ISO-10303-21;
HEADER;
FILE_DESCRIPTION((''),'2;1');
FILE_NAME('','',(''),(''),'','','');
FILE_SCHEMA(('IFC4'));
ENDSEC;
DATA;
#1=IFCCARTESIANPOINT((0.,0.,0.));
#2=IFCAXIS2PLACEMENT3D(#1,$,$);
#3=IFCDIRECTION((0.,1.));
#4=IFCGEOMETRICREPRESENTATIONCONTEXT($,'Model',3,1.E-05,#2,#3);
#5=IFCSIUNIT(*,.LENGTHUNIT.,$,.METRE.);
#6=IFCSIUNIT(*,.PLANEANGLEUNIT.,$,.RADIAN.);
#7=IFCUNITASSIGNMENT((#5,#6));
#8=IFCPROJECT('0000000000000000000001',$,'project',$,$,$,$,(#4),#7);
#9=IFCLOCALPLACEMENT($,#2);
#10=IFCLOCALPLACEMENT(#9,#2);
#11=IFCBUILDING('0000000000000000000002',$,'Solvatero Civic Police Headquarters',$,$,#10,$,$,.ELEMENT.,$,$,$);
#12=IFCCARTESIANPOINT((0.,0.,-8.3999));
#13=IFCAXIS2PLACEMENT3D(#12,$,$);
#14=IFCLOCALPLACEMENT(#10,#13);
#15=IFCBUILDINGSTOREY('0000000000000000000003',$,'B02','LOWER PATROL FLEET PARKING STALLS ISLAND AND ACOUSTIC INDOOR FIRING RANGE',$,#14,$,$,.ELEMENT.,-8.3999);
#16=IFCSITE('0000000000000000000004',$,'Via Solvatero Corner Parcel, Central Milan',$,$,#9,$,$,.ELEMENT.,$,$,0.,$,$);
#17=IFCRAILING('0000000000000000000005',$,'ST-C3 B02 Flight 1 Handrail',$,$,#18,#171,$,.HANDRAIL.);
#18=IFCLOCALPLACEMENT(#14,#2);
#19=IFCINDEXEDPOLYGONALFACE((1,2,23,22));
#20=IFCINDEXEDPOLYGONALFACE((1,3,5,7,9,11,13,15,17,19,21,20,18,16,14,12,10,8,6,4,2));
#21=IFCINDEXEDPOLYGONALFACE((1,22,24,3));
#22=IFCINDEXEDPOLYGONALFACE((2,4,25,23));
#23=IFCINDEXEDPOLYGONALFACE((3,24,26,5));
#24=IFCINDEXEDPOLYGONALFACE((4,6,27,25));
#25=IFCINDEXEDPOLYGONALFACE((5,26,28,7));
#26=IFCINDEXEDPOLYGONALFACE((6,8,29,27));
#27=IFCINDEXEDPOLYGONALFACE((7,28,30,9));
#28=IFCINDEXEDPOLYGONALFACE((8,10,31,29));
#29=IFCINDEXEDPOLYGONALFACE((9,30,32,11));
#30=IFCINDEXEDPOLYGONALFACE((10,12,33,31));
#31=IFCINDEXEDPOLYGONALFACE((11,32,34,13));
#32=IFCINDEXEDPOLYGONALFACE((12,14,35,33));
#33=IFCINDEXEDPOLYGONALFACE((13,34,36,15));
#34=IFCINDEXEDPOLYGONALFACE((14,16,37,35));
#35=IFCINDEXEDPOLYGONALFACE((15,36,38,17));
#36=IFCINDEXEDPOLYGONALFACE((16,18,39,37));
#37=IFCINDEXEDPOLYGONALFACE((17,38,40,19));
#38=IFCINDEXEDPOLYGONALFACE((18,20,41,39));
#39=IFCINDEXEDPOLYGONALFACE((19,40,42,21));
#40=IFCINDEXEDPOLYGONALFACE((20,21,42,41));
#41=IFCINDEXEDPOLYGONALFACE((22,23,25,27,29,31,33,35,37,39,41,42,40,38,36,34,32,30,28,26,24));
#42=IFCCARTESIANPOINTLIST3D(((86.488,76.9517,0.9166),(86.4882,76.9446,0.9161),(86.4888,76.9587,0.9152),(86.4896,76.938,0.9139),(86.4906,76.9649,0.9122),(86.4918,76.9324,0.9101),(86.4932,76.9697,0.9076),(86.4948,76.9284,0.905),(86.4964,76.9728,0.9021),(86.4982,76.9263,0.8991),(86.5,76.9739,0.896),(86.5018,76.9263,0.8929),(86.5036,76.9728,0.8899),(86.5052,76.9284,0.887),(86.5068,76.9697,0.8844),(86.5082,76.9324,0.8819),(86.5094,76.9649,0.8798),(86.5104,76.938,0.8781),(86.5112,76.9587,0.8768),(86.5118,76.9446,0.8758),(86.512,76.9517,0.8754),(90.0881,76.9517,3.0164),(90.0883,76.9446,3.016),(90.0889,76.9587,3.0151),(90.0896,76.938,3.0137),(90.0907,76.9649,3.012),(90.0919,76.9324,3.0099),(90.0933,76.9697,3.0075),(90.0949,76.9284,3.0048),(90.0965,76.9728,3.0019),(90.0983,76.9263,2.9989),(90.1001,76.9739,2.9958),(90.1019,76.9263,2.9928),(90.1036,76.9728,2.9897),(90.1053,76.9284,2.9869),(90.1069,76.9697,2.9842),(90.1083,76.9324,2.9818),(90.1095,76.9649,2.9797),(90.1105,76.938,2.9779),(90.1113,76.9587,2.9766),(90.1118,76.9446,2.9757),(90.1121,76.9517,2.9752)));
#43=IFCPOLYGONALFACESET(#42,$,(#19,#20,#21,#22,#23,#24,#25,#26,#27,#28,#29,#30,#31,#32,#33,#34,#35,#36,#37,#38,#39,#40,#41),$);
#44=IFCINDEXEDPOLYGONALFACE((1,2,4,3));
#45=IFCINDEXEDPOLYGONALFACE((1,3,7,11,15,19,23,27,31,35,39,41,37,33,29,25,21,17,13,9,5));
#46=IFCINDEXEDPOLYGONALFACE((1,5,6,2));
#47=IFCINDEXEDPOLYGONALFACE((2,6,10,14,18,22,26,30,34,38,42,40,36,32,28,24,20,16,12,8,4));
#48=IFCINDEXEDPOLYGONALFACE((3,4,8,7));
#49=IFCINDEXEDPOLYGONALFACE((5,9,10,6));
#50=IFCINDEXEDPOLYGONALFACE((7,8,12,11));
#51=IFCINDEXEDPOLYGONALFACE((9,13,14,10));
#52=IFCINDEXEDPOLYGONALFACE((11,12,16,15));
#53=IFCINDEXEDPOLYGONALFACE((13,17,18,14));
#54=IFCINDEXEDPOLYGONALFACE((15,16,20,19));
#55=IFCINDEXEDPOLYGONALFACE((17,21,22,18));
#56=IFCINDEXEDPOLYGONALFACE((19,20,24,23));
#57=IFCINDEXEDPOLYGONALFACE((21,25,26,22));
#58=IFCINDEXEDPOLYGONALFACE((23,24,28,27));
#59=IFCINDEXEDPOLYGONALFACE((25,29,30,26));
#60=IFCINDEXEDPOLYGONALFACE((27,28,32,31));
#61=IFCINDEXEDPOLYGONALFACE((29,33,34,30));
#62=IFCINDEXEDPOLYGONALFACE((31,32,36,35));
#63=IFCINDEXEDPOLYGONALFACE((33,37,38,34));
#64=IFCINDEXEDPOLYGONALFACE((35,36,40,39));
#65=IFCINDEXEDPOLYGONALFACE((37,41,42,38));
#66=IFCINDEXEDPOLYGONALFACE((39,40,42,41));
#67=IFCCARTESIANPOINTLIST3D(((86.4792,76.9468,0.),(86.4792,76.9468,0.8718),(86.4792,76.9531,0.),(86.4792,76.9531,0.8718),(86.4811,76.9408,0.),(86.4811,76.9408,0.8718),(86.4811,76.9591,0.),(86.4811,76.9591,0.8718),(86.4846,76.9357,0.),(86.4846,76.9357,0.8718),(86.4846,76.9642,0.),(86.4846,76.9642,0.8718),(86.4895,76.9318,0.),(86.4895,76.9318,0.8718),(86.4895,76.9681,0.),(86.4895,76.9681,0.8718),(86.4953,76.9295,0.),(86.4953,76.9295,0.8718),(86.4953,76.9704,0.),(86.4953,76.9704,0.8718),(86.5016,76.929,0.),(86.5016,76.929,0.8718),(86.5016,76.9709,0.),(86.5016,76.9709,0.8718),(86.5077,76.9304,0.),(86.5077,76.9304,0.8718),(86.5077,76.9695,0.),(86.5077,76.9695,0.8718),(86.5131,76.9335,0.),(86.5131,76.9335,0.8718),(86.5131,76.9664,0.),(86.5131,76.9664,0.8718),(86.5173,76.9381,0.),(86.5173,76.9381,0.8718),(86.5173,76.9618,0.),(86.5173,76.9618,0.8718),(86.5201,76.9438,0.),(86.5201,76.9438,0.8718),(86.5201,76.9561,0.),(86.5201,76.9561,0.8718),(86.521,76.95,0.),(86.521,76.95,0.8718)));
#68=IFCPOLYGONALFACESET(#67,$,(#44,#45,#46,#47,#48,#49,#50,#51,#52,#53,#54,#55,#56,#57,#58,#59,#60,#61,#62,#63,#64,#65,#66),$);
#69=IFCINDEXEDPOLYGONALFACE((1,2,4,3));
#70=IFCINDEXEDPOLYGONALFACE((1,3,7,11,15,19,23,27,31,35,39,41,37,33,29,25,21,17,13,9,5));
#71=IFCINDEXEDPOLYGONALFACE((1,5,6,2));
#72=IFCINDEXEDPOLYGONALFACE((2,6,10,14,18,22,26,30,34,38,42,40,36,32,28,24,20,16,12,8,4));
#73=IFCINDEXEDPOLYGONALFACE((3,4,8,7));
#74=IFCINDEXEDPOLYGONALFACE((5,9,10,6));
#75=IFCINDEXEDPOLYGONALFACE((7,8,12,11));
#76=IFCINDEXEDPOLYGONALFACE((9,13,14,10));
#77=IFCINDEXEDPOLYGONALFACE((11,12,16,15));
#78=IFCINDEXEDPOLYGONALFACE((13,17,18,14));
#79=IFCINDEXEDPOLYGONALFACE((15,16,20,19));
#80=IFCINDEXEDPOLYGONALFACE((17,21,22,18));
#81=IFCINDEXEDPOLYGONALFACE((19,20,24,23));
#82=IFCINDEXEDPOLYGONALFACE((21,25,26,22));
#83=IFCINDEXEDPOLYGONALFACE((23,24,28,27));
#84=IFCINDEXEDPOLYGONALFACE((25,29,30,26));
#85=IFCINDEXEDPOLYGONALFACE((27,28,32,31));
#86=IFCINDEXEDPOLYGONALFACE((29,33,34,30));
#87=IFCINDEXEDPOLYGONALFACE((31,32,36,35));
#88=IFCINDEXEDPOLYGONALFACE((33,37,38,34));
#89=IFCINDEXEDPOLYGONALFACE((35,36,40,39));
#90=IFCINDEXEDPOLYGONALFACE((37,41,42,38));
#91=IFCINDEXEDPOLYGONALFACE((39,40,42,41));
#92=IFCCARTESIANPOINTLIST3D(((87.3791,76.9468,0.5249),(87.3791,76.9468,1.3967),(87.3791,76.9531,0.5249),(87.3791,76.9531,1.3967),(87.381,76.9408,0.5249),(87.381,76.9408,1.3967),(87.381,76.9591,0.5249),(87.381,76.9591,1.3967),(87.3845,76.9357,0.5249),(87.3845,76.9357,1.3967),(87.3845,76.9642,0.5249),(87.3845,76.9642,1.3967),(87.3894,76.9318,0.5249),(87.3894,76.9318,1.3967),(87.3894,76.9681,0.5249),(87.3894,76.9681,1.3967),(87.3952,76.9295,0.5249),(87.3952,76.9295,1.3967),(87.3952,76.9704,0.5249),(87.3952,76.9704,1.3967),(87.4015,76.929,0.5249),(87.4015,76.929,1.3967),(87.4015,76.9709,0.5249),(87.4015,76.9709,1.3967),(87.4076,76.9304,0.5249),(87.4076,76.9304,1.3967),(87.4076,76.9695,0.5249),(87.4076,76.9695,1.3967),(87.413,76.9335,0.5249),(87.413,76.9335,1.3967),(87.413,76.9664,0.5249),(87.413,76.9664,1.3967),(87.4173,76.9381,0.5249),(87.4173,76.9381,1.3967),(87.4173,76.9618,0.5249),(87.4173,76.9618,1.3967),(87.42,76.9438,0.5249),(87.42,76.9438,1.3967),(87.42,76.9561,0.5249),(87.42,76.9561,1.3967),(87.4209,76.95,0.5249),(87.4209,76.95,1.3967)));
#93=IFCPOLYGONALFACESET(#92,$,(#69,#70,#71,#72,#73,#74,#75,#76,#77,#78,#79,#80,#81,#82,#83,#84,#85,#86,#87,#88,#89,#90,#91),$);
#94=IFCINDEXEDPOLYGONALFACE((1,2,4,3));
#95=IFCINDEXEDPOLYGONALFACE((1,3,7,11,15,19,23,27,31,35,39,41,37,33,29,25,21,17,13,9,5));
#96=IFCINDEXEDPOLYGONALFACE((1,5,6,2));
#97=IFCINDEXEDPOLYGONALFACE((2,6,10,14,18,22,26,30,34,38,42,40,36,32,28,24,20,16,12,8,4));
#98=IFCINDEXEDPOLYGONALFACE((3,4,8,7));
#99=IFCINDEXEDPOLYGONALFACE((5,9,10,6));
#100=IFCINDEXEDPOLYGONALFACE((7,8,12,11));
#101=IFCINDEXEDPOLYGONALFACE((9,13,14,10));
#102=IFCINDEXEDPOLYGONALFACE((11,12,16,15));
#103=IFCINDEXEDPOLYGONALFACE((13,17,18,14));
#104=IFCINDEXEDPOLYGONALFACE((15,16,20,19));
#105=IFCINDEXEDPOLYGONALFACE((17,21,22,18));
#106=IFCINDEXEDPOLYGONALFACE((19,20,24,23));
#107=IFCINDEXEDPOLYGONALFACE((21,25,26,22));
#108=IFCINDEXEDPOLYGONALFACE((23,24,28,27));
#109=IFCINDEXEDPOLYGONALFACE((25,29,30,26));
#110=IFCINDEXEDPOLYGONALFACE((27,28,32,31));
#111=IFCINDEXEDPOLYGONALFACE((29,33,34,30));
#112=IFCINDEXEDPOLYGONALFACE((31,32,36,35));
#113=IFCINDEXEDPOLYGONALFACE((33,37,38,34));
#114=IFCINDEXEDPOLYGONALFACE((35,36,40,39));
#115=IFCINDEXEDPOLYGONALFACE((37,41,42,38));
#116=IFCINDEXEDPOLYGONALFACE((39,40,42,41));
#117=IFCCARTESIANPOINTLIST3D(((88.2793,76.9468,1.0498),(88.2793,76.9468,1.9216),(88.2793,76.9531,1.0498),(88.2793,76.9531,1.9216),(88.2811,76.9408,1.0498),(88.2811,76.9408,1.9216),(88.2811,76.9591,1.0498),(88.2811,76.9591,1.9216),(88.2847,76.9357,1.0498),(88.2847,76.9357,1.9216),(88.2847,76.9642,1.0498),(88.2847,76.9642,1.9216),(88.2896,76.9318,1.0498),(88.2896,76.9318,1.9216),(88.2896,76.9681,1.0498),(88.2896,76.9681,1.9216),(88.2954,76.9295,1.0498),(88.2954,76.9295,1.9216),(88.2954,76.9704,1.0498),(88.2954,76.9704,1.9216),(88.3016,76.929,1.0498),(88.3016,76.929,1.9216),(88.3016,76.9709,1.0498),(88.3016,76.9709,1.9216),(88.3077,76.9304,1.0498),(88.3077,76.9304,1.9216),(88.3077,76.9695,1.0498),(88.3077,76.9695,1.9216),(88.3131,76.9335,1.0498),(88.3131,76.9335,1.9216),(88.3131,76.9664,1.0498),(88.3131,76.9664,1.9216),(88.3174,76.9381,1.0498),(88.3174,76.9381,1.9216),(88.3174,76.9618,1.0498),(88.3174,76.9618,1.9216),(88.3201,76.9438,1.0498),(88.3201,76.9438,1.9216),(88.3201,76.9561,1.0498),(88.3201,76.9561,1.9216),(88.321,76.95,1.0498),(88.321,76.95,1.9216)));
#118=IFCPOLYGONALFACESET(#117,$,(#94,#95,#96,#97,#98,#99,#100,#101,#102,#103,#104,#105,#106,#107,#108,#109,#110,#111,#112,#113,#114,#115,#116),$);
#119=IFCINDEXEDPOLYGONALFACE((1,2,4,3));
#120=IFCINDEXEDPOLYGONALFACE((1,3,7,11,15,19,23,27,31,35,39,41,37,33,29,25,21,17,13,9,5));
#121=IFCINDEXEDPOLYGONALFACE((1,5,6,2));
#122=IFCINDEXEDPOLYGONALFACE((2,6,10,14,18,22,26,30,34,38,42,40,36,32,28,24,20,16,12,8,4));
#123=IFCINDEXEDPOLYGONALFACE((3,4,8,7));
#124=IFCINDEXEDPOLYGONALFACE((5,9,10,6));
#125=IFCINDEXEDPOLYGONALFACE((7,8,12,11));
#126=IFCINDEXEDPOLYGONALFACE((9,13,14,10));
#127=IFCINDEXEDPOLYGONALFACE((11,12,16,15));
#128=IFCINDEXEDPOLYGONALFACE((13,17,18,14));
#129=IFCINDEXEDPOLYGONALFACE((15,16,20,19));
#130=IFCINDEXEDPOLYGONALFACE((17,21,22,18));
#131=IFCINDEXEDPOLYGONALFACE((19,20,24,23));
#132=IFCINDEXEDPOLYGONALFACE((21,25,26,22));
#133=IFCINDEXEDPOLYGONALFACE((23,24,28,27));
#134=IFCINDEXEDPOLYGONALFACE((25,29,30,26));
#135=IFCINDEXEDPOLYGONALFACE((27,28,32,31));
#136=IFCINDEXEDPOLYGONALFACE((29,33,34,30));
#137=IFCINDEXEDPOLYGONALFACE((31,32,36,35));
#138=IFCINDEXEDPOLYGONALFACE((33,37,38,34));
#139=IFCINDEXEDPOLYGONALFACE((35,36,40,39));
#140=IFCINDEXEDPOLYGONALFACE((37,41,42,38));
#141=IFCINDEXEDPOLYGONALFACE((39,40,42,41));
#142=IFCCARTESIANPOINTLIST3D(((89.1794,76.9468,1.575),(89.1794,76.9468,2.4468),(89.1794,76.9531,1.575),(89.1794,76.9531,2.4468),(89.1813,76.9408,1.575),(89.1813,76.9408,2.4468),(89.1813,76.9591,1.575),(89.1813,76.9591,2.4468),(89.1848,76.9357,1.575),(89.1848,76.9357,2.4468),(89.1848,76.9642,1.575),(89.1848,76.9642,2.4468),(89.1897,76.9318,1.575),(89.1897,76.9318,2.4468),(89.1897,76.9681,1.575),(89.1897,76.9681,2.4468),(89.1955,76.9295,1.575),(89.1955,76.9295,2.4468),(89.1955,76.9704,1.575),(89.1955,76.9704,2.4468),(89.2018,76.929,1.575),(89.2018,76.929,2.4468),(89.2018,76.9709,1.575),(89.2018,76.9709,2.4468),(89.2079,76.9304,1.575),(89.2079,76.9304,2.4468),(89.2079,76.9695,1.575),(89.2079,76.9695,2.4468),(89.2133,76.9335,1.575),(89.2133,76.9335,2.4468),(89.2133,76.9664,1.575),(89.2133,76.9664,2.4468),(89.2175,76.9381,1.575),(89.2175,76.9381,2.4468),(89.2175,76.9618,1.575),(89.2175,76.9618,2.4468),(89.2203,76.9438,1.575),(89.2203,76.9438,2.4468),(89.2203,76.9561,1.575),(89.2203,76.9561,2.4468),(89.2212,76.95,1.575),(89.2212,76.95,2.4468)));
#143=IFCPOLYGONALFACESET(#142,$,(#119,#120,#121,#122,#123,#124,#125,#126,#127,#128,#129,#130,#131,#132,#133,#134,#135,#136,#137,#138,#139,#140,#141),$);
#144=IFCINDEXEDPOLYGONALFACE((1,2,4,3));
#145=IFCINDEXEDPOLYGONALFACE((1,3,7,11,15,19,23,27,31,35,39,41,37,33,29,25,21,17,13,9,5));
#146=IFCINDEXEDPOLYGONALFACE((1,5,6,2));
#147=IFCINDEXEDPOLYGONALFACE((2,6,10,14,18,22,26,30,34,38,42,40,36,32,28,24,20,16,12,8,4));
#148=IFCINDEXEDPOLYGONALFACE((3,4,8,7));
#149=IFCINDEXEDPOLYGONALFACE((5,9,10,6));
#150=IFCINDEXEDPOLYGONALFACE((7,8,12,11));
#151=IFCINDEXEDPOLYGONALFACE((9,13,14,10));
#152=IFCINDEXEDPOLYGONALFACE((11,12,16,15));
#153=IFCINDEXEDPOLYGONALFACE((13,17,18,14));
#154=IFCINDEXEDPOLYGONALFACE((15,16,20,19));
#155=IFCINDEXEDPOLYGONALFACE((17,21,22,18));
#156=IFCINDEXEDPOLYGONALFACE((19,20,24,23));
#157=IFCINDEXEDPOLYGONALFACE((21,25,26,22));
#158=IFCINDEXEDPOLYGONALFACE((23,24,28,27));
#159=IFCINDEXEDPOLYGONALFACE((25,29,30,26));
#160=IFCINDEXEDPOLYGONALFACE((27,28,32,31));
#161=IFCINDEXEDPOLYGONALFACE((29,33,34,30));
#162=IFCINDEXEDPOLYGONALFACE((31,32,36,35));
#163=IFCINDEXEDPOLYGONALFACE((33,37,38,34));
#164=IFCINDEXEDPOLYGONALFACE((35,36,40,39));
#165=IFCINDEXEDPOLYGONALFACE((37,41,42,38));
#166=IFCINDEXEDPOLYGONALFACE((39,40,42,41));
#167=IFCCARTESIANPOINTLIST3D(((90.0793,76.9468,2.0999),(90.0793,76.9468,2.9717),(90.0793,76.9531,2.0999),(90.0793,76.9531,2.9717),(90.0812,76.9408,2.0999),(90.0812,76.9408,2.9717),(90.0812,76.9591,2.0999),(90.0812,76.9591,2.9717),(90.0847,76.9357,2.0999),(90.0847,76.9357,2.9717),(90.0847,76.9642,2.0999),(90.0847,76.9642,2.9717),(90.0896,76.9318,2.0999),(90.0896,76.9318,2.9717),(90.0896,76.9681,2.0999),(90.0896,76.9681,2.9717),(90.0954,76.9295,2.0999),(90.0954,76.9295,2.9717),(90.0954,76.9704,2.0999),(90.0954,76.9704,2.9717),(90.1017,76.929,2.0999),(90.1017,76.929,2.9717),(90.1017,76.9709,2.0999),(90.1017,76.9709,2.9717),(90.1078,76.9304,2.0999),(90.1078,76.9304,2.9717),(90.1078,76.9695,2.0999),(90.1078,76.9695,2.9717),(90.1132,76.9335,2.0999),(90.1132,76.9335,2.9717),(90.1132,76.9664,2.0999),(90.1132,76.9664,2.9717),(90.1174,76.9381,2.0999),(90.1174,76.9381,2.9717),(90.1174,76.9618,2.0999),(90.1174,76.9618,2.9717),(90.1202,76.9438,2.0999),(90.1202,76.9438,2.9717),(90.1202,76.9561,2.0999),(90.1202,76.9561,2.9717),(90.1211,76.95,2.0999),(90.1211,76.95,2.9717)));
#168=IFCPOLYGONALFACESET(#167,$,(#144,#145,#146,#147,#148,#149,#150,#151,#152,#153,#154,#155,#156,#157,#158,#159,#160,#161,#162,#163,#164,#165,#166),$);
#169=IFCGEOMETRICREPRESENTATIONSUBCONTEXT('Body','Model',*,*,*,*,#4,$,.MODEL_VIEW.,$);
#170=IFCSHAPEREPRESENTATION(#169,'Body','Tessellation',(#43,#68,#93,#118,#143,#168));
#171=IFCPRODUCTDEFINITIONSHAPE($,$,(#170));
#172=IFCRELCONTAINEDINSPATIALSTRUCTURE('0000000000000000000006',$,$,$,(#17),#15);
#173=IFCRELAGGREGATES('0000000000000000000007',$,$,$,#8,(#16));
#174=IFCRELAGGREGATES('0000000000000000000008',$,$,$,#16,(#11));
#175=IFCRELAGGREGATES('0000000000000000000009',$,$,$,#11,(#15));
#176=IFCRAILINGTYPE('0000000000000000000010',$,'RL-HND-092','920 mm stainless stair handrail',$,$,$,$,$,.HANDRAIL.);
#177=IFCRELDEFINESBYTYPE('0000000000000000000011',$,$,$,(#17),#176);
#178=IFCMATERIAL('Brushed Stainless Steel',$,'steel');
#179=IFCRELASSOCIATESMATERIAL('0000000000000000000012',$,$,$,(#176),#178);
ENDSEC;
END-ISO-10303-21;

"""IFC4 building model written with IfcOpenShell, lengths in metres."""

from ifc_helpers import new_model, si_unit, direction, frame, origin, origin_2d, place, context, subcontext, project, spatial, circle, extrude, material, type_object, element, save


model = new_model("IFC4")

# Units and contexts
model_context = context("Model", 3, precision=1e-05, world=origin(), true_north=direction((0.0, 1.0)))
body_context = subcontext(model_context, "Body", "Model", "MODEL_VIEW")
ifc_project = project(units=[si_unit("LENGTHUNIT", "METRE"), si_unit("PLANEANGLEUNIT", "RADIAN")], contexts=[model_context])

# Site, building, storey
site_placement = place(None, origin())
site = spatial("IfcSite", under=ifc_project, at=site_placement, Name="Via Solvatero Corner Parcel, Central Milan", CompositionType="ELEMENT", RefElevation=0.0)
building_placement = place(site_placement, origin())
building = spatial("IfcBuilding", under=site, at=building_placement, Name="Solvatero Civic Police Headquarters", CompositionType="ELEMENT")
storey_placement = place(building_placement, frame((0.0, 0.0, -8.3999)))
storey = spatial("IfcBuildingStorey", under=building, at=storey_placement, Name="B02", Description="LOWER PATROL FLEET PARKING STALLS ISLAND AND ACOUSTIC INDOOR FIRING RANGE", CompositionType="ELEMENT", Elevation=-8.3999)

# Railing
ifc_material_1 = material(Name="Brushed Stainless Steel", Category="steel")
railing_type = type_object("IfcRailingType", Name="RL-HND-092", Description="920 mm stainless stair handrail", PredefinedType="HANDRAIL", material=ifc_material_1)
railing_placement = place(storey_placement, frame((86.5, 76.95, 0.0)))
element("IfcRailing", 1, at=railing_placement, inside=storey, type_object=railing_type, Name="ST-C3 B02 Flight 1 Handrail", PredefinedType="HANDRAIL", context=body_context, shape_type="SweptSolid", body=[
    extrude(circle(Radius=0.0239, at=origin_2d()), frame((0.0, 0.0, 0.896), z_axis=(0.8638, 0.0, 0.503835), x_axis=(0.0, 1.0, 0.0)), (0.0, 0.0, 1.0), 4.1677),
    extrude(circle(Radius=0.021, at=origin_2d()), origin(), (0.0, 0.0, 1.0), 0.8718),
    extrude(circle(Radius=0.021, at=origin_2d()), frame((0.8999, 0.0, 0.5249)), (0.0, 0.0, 1.0), 0.8718),
    extrude(circle(Radius=0.021, at=origin_2d()), frame((1.8, 0.0, 1.0498)), (0.0, 0.0, 1.0), 0.8718),
    extrude(circle(Radius=0.021, at=origin_2d()), frame((2.7002, 0.0, 1.575)), (0.0, 0.0, 1.0), 0.8718),
    extrude(circle(Radius=0.021, at=origin_2d()), frame((3.6001, 0.0, 2.0999)), (0.0, 0.0, 1.0), 0.8718),
])

save(model, "model.ifc")
